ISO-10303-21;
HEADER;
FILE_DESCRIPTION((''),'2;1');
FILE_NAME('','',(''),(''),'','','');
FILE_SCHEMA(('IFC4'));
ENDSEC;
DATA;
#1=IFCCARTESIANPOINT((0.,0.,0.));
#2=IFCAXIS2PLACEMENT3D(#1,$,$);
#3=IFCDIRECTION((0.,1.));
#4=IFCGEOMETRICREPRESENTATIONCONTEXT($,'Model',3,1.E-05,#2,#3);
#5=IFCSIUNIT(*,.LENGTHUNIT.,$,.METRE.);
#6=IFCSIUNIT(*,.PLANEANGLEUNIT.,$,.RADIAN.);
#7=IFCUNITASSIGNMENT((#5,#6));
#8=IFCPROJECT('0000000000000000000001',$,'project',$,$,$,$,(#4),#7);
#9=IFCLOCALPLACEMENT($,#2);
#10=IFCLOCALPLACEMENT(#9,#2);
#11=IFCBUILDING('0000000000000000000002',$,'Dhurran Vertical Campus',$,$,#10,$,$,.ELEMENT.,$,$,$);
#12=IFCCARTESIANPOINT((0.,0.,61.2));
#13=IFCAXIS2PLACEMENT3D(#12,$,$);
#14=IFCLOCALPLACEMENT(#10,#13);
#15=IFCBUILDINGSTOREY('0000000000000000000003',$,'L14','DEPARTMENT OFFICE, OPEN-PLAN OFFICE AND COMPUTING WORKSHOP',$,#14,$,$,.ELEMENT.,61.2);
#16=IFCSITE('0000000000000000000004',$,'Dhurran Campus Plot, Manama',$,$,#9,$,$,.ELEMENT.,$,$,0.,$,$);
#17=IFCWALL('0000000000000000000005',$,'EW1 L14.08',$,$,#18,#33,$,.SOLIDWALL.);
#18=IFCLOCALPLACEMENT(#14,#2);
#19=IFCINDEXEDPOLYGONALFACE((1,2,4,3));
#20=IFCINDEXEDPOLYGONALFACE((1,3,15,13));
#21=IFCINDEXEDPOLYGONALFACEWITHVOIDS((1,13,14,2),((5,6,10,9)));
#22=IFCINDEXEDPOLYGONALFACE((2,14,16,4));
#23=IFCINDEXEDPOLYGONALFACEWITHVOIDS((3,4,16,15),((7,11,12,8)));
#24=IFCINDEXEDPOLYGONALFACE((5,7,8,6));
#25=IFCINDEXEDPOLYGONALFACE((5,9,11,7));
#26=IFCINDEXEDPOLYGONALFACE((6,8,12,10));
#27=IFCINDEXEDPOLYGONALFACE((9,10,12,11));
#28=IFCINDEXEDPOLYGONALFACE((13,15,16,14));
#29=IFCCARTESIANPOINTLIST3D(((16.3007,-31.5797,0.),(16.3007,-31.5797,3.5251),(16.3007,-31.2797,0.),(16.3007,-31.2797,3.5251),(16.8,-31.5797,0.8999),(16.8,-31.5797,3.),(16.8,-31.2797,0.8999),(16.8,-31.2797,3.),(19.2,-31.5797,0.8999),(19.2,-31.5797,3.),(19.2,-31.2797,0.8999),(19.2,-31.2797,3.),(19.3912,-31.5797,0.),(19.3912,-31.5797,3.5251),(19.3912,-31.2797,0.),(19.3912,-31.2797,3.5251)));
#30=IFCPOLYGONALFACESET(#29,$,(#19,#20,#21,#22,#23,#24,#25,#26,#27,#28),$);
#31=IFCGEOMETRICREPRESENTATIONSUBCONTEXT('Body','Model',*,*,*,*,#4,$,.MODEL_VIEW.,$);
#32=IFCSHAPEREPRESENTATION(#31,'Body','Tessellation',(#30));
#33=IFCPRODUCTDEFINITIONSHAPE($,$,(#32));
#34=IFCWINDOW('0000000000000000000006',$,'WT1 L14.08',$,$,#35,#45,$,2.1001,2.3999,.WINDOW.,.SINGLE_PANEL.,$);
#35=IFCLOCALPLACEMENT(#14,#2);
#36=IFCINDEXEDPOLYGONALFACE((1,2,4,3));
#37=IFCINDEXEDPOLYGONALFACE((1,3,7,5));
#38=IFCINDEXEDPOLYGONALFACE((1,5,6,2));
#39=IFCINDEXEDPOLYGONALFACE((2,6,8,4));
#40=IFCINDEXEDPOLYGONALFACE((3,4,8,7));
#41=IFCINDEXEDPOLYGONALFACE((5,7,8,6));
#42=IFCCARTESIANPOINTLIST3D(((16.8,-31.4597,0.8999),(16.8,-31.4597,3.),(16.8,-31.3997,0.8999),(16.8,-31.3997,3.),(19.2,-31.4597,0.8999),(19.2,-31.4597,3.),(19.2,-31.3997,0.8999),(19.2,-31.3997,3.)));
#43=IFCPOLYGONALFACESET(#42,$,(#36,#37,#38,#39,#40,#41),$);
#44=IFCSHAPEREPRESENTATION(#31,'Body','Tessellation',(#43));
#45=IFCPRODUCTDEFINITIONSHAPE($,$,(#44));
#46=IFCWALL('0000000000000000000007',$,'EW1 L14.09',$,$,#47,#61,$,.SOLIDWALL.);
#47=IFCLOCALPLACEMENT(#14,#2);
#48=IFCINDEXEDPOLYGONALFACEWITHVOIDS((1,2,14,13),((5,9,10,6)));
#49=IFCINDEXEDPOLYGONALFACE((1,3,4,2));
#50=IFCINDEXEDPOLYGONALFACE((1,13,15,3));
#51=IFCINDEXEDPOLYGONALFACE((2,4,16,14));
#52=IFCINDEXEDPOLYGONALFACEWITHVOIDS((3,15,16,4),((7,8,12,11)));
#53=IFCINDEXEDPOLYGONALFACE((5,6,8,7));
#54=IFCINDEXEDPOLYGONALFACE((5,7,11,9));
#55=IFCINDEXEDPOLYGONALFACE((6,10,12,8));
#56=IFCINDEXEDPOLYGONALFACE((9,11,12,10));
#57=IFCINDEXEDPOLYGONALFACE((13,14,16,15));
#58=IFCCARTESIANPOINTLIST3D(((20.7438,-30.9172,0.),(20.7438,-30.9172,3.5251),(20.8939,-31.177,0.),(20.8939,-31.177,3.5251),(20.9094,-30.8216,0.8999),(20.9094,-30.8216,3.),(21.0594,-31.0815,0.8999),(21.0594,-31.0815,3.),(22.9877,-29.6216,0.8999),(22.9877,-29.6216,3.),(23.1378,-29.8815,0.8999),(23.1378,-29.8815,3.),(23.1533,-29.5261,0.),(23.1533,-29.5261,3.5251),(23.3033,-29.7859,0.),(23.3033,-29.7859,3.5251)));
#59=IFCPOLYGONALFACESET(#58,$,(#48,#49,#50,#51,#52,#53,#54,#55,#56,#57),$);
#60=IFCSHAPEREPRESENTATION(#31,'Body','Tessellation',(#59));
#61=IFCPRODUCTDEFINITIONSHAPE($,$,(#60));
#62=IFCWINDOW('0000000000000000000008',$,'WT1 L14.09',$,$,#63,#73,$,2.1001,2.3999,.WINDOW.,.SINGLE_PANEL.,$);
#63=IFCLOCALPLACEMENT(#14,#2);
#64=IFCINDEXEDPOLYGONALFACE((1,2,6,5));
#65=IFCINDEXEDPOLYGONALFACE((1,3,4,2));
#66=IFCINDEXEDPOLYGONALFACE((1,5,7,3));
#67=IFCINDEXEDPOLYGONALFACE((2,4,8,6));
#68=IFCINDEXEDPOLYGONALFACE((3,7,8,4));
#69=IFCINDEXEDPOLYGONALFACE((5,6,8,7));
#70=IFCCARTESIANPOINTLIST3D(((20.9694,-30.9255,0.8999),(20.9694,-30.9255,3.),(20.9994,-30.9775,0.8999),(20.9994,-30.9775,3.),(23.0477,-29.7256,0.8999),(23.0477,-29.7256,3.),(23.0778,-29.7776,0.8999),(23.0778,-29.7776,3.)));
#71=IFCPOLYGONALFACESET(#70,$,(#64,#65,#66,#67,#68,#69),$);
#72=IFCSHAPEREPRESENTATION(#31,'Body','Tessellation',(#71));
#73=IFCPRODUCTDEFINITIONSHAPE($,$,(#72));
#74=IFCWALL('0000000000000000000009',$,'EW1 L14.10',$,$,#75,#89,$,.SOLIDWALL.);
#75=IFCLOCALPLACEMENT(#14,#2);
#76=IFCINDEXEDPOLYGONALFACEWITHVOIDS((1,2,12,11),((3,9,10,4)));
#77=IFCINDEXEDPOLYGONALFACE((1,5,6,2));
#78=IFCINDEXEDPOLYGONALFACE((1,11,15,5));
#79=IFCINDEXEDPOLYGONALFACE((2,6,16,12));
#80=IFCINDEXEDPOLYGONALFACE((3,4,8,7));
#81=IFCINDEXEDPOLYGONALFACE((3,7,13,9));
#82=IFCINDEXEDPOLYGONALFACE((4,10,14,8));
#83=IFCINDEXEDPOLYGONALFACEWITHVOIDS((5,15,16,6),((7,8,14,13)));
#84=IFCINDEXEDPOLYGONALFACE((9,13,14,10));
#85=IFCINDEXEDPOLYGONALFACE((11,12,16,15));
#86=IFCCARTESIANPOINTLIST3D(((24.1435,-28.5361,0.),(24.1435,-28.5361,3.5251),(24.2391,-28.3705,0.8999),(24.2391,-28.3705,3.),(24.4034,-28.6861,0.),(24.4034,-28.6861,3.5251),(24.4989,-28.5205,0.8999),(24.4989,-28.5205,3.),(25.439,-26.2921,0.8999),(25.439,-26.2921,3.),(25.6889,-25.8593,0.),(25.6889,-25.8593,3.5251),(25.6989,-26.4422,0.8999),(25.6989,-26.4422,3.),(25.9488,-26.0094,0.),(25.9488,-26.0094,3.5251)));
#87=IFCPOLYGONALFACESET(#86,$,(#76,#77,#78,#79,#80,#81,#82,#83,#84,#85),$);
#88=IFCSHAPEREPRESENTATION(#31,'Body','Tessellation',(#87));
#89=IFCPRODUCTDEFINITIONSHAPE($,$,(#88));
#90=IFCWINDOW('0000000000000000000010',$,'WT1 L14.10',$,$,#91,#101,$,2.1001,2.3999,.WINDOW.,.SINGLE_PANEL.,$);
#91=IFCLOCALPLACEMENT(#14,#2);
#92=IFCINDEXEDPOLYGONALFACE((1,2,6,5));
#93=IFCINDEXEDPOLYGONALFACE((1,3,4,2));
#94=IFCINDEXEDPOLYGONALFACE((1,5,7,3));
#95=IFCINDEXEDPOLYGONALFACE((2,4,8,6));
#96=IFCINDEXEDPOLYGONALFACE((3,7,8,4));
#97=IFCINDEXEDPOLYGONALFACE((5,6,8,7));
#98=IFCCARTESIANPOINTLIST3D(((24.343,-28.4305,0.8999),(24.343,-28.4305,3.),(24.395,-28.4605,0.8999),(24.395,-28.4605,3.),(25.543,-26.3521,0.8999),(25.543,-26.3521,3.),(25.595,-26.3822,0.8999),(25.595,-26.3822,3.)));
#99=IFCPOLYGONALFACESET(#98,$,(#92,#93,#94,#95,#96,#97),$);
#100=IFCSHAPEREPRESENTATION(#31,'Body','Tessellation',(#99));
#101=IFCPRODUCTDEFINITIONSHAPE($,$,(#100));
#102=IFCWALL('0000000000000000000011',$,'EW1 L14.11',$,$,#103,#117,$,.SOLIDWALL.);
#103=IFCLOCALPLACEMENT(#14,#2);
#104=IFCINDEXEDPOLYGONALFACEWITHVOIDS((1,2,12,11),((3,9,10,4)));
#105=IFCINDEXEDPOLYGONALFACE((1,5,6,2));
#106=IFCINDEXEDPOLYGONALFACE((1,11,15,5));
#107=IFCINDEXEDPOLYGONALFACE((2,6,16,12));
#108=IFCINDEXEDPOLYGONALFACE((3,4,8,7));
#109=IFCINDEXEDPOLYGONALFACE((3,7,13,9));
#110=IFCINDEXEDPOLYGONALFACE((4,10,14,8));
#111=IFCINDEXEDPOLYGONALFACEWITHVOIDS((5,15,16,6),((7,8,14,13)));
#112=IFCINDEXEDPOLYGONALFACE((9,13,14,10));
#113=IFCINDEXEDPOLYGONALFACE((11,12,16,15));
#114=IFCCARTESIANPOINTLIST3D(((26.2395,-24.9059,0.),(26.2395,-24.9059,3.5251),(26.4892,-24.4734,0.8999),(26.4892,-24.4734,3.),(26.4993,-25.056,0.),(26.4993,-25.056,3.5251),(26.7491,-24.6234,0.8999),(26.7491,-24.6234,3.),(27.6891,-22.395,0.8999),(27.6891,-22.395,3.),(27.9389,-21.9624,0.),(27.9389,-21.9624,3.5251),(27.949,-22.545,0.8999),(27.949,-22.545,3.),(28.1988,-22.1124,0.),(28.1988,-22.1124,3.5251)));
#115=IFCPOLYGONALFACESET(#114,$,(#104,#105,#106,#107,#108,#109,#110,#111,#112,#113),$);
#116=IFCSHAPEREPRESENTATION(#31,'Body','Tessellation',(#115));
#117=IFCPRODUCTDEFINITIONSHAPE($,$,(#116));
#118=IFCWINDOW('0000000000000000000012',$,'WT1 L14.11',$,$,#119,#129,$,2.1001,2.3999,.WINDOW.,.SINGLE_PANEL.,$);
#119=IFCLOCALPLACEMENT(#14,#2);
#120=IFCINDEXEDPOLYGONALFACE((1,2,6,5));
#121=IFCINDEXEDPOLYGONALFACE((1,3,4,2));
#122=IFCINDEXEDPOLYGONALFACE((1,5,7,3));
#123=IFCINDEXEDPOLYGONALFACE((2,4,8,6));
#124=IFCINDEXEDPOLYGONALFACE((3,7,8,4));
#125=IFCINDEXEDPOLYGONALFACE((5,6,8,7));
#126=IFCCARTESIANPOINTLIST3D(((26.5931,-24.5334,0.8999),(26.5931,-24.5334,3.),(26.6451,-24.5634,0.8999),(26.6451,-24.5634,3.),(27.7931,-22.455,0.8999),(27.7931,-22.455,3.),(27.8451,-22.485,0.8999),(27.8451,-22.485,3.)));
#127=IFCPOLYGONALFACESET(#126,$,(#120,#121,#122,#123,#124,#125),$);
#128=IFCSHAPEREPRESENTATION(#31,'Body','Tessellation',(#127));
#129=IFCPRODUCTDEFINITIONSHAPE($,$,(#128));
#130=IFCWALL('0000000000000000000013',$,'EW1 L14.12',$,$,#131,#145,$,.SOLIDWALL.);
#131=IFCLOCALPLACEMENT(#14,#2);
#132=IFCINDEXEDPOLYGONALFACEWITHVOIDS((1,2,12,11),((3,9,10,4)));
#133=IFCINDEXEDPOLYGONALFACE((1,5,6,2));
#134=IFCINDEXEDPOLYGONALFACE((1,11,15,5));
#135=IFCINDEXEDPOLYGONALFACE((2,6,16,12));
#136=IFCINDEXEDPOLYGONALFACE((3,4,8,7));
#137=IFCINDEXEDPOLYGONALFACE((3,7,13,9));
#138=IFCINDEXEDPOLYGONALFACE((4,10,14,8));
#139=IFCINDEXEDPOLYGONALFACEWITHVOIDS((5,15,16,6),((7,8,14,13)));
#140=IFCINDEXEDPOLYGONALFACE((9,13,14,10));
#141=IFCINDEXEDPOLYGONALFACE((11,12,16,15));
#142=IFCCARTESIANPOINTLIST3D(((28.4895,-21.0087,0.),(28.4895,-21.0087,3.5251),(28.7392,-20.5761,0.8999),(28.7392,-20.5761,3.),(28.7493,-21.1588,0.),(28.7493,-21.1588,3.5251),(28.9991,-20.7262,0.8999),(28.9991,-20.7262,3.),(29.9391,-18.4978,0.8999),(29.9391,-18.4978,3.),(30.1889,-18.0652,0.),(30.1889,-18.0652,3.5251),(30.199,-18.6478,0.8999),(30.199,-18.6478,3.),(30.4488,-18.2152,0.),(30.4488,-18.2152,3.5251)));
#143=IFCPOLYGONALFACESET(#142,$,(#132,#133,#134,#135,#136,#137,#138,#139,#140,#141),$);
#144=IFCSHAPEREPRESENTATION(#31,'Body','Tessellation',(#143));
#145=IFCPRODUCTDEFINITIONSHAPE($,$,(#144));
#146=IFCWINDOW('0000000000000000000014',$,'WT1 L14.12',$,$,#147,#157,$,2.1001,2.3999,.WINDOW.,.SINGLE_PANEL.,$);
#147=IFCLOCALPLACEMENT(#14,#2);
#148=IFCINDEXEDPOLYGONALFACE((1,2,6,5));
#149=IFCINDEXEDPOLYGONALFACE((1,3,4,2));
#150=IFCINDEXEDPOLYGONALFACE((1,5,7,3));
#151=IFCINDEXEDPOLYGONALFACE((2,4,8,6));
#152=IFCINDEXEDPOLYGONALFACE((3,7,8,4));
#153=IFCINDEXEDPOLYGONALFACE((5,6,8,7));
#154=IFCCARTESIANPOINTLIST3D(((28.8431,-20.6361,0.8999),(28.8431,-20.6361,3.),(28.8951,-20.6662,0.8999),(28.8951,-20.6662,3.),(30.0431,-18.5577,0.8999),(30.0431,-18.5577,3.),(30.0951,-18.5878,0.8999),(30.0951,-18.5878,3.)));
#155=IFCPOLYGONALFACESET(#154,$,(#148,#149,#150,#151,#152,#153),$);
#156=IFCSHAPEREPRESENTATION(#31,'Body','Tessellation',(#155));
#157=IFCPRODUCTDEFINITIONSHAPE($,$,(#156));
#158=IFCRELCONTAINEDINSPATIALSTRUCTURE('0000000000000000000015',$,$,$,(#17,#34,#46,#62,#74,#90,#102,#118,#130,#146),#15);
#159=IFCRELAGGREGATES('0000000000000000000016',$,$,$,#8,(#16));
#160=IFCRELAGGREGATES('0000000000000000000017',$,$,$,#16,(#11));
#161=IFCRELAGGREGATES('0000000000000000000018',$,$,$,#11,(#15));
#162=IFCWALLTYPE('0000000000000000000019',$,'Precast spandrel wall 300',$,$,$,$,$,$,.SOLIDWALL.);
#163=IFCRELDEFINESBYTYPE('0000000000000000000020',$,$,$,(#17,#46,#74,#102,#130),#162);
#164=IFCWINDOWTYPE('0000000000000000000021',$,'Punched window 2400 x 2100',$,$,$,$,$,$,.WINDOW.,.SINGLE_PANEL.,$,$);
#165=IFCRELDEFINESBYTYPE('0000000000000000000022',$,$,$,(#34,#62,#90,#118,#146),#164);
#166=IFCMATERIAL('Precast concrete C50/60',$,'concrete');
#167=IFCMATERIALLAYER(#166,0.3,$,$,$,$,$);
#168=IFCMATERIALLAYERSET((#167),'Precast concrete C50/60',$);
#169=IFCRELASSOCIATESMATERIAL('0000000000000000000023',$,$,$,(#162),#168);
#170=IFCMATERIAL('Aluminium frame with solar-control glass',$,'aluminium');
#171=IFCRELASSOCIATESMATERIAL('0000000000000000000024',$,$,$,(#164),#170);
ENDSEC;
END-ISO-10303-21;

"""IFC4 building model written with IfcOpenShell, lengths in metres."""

from ifc_helpers import new_model, si_unit, direction, frame, frame_2d, origin, place, context, subcontext, project, spatial, rectangle, extrude, material, layer, layer_set, type_object, element, fill, save


model = new_model("IFC4")

# Units and contexts
model_context = context("Model", 3, precision=1e-05, world=origin(), true_north=direction((0.0, 1.0)))
body_context = subcontext(model_context, "Body", "Model", "MODEL_VIEW")
ifc_project = project(units=[si_unit("LENGTHUNIT", "METRE"), si_unit("PLANEANGLEUNIT", "RADIAN")], contexts=[model_context])

# Site, building, storey
site_placement = place(None, origin())
site = spatial("IfcSite", under=ifc_project, at=site_placement, Name="Dhurran Campus Plot, Manama", CompositionType="ELEMENT", RefElevation=0.0)
building_placement = place(site_placement, origin())
building = spatial("IfcBuilding", under=site, at=building_placement, Name="Dhurran Vertical Campus", CompositionType="ELEMENT")
storey_placement = place(building_placement, frame((0.0, 0.0, 61.2)))
storey = spatial("IfcBuildingStorey", under=building, at=storey_placement, Name="L14", Description="DEPARTMENT OFFICE, OPEN-PLAN OFFICE AND COMPUTING WORKSHOP", CompositionType="ELEMENT", Elevation=61.2)

# Walls, openings, windows
ifc_material_1 = material(Name="Precast concrete C50/60", Category="concrete")
ifc_layer_1 = layer(ifc_material_1, 0.3)
ifc_layer_set_1 = layer_set([ifc_layer_1], Name="Precast concrete C50/60")
wall_type_1 = type_object("IfcWallType", Name="Precast spandrel wall 300", PredefinedType="SOLIDWALL", material=ifc_layer_set_1)
ifc_material_2 = material(Name="Aluminium frame with solar-control glass", Category="aluminium")
window_type = type_object("IfcWindowType", Name="Punched window 2400 x 2100", PartitioningType="SINGLE_PANEL", PredefinedType="WINDOW", material=ifc_material_2)
wall_1_placement = place(storey_placement, frame((16.3005, -31.4297, 0.0), z_axis=(0.0, 0.0, 1.0), x_axis=(1.0, 0.0, 0.0)))
wall_1 = element("IfcWall", 1, at=wall_1_placement, inside=storey, type_object=wall_type_1, Name="EW1 L14.08", PredefinedType="SOLIDWALL", context=body_context, shape_type="SweptSolid", body=[
    extrude(rectangle(XDim=3.0906, YDim=0.3, at=frame_2d((1.5454, 0.0))), origin(), (0.0, 0.0, 1.0), 3.5251),
])
opening_1_placement = place(wall_1_placement, frame((0.4995, 0.0, 0.8999)))
opening_1 = element("IfcOpeningElement", 2, at=opening_1_placement, cuts=wall_1, PredefinedType="OPENING", context=body_context, shape_type="SweptSolid", body=[
    extrude(rectangle(XDim=2.3999, YDim=2.1001, at=frame_2d((1.2, 1.05))), frame((0.0, 0.1599, 0.0), z_axis=(0.0, -1.0, 0.0), x_axis=(1.0, 0.0, 0.0)), (0.0, 0.0, 1.0), 0.3201),
])
window_1_placement = place(opening_1_placement, origin())
window_1 = element("IfcWindow", 3, at=window_1_placement, inside=storey, type_object=window_type, Name="WT1 L14.08", OverallHeight=2.1001, OverallWidth=2.3999, PartitioningType="SINGLE_PANEL", PredefinedType="WINDOW", context=body_context, shape_type="SweptSolid", body=[
    extrude(rectangle(XDim=2.3999, YDim=2.1001, at=frame_2d((1.2, 1.05))), frame((0.0, 0.03, 0.0), z_axis=(0.0, -1.0, 0.0), x_axis=(1.0, 0.0, 0.0)), (0.0, 0.0, 1.0), 0.0601),
])
fill(opening_1, window_1)
wall_2_placement = place(storey_placement, frame((20.8188, -31.0471, 0.0), z_axis=(0.0, 0.0, 1.0), x_axis=(0.86602, 0.500009, 0.0)))
wall_2 = element("IfcWall", 4, at=wall_2_placement, inside=storey, type_object=wall_type_1, Name="EW1 L14.09", PredefinedType="SOLIDWALL", context=body_context, shape_type="SweptSolid", body=[
    extrude(rectangle(XDim=2.7822, YDim=0.3, at=frame_2d((1.3911, 0.0))), origin(), (0.0, 0.0, 1.0), 3.5251),
])
opening_2_placement = place(wall_2_placement, frame((0.1912, 0.0, 0.8999)))
opening_2 = element("IfcOpeningElement", 5, at=opening_2_placement, cuts=wall_2, PredefinedType="OPENING", context=body_context, shape_type="SweptSolid", body=[
    extrude(rectangle(XDim=2.3999, YDim=2.1001, at=frame_2d((1.2, 1.05))), frame((0.0, 0.1599, 0.0), z_axis=(0.0, -1.0, 0.0), x_axis=(1.0, 0.0, 0.0)), (0.0, 0.0, 1.0), 0.3201),
])
window_2_placement = place(opening_2_placement, origin())
window_2 = element("IfcWindow", 6, at=window_2_placement, inside=storey, type_object=window_type, Name="WT1 L14.09", OverallHeight=2.1001, OverallWidth=2.3999, PartitioningType="SINGLE_PANEL", PredefinedType="WINDOW", context=body_context, shape_type="SweptSolid", body=[
    extrude(rectangle(XDim=2.3999, YDim=2.1001, at=frame_2d((1.2, 1.05))), frame((0.0, 0.03, 0.0), z_axis=(0.0, -1.0, 0.0), x_axis=(1.0, 0.0, 0.0)), (0.0, 0.0, 1.0), 0.0601),
])
fill(opening_2, window_2)
wall_3_placement = place(storey_placement, frame((24.2734, -28.6111, 0.0), z_axis=(0.0, 0.0, 1.0), x_axis=(0.499996, 0.866028, 0.0)))
wall_3 = element("IfcWall", 7, at=wall_3_placement, inside=storey, type_object=wall_type_1, Name="EW1 L14.10", PredefinedType="SOLIDWALL", context=body_context, shape_type="SweptSolid", body=[
    extrude(rectangle(XDim=3.0908, YDim=0.3, at=frame_2d((1.5454, 0.0))), origin(), (0.0, 0.0, 1.0), 3.5251),
])
opening_3_placement = place(wall_3_placement, frame((0.1912, 0.0, 0.8999)))
opening_3 = element("IfcOpeningElement", 8, at=opening_3_placement, cuts=wall_3, PredefinedType="OPENING", context=body_context, shape_type="SweptSolid", body=[
    extrude(rectangle(XDim=2.3999, YDim=2.1001, at=frame_2d((1.2, 1.05))), frame((0.0, 0.1599, 0.0), z_axis=(0.0, -1.0, 0.0), x_axis=(1.0, 0.0, 0.0)), (0.0, 0.0, 1.0), 0.3201),
])
window_3_placement = place(opening_3_placement, origin())
window_3 = element("IfcWindow", 9, at=window_3_placement, inside=storey, type_object=window_type, Name="WT1 L14.10", OverallHeight=2.1001, OverallWidth=2.3999, PartitioningType="SINGLE_PANEL", PredefinedType="WINDOW", context=body_context, shape_type="SweptSolid", body=[
    extrude(rectangle(XDim=2.3999, YDim=2.1001, at=frame_2d((1.2, 1.05))), frame((0.0, 0.03, 0.0), z_axis=(0.0, -1.0, 0.0), x_axis=(1.0, 0.0, 0.0)), (0.0, 0.0, 1.0), 0.0601),
])
fill(opening_3, window_3)
wall_4_placement = place(storey_placement, frame((26.3694, -24.981, 0.0), z_axis=(0.0, 0.0, 1.0), x_axis=(0.499994, 0.866029, 0.0)))
wall_4 = element("IfcWall", 10, at=wall_4_placement, inside=storey, type_object=wall_type_1, Name="EW1 L14.11", PredefinedType="SOLIDWALL", context=body_context, shape_type="SweptSolid", body=[
    extrude(rectangle(XDim=3.3989, YDim=0.3, at=frame_2d((1.6995, 0.0))), origin(), (0.0, 0.0, 1.0), 3.5251),
])
opening_4_placement = place(wall_4_placement, frame((0.4995, 0.0, 0.8999)))
opening_4 = element("IfcOpeningElement", 11, at=opening_4_placement, cuts=wall_4, PredefinedType="OPENING", context=body_context, shape_type="SweptSolid", body=[
    extrude(rectangle(XDim=2.3999, YDim=2.1001, at=frame_2d((1.2, 1.05))), frame((0.0, 0.1599, 0.0), z_axis=(0.0, -1.0, 0.0), x_axis=(1.0, 0.0, 0.0)), (0.0, 0.0, 1.0), 0.3201),
])
window_4_placement = place(opening_4_placement, origin())
window_4 = element("IfcWindow", 12, at=window_4_placement, inside=storey, type_object=window_type, Name="WT1 L14.11", OverallHeight=2.1001, OverallWidth=2.3999, PartitioningType="SINGLE_PANEL", PredefinedType="WINDOW", context=body_context, shape_type="SweptSolid", body=[
    extrude(rectangle(XDim=2.3999, YDim=2.1001, at=frame_2d((1.2, 1.05))), frame((0.0, 0.03, 0.0), z_axis=(0.0, -1.0, 0.0), x_axis=(1.0, 0.0, 0.0)), (0.0, 0.0, 1.0), 0.0601),
])
fill(opening_4, window_4)
wall_5_placement = place(storey_placement, frame((28.6194, -21.0837, 0.0), z_axis=(0.0, 0.0, 1.0), x_axis=(0.499994, 0.866029, 0.0)))
wall_5 = element("IfcWall", 13, at=wall_5_placement, inside=storey, type_object=wall_type_1, Name="EW1 L14.12", PredefinedType="SOLIDWALL", context=body_context, shape_type="SweptSolid", body=[
    extrude(rectangle(XDim=3.3989, YDim=0.3, at=frame_2d((1.6995, 0.0))), origin(), (0.0, 0.0, 1.0), 3.5251),
])
opening_5_placement = place(wall_5_placement, frame((0.4995, 0.0, 0.8999)))
opening_5 = element("IfcOpeningElement", 14, at=opening_5_placement, cuts=wall_5, PredefinedType="OPENING", context=body_context, shape_type="SweptSolid", body=[
    extrude(rectangle(XDim=2.3999, YDim=2.1001, at=frame_2d((1.2, 1.05))), frame((0.0, 0.1599, 0.0), z_axis=(0.0, -1.0, 0.0), x_axis=(1.0, 0.0, 0.0)), (0.0, 0.0, 1.0), 0.3201),
])
window_5_placement = place(opening_5_placement, origin())
window_5 = element("IfcWindow", 15, at=window_5_placement, inside=storey, type_object=window_type, Name="WT1 L14.12", OverallHeight=2.1001, OverallWidth=2.3999, PartitioningType="SINGLE_PANEL", PredefinedType="WINDOW", context=body_context, shape_type="SweptSolid", body=[
    extrude(rectangle(XDim=2.3999, YDim=2.1001, at=frame_2d((1.2, 1.05))), frame((0.0, 0.03, 0.0), z_axis=(0.0, -1.0, 0.0), x_axis=(1.0, 0.0, 0.0)), (0.0, 0.0, 1.0), 0.0601),
])
fill(opening_5, window_5)

save(model, "model.ifc")
